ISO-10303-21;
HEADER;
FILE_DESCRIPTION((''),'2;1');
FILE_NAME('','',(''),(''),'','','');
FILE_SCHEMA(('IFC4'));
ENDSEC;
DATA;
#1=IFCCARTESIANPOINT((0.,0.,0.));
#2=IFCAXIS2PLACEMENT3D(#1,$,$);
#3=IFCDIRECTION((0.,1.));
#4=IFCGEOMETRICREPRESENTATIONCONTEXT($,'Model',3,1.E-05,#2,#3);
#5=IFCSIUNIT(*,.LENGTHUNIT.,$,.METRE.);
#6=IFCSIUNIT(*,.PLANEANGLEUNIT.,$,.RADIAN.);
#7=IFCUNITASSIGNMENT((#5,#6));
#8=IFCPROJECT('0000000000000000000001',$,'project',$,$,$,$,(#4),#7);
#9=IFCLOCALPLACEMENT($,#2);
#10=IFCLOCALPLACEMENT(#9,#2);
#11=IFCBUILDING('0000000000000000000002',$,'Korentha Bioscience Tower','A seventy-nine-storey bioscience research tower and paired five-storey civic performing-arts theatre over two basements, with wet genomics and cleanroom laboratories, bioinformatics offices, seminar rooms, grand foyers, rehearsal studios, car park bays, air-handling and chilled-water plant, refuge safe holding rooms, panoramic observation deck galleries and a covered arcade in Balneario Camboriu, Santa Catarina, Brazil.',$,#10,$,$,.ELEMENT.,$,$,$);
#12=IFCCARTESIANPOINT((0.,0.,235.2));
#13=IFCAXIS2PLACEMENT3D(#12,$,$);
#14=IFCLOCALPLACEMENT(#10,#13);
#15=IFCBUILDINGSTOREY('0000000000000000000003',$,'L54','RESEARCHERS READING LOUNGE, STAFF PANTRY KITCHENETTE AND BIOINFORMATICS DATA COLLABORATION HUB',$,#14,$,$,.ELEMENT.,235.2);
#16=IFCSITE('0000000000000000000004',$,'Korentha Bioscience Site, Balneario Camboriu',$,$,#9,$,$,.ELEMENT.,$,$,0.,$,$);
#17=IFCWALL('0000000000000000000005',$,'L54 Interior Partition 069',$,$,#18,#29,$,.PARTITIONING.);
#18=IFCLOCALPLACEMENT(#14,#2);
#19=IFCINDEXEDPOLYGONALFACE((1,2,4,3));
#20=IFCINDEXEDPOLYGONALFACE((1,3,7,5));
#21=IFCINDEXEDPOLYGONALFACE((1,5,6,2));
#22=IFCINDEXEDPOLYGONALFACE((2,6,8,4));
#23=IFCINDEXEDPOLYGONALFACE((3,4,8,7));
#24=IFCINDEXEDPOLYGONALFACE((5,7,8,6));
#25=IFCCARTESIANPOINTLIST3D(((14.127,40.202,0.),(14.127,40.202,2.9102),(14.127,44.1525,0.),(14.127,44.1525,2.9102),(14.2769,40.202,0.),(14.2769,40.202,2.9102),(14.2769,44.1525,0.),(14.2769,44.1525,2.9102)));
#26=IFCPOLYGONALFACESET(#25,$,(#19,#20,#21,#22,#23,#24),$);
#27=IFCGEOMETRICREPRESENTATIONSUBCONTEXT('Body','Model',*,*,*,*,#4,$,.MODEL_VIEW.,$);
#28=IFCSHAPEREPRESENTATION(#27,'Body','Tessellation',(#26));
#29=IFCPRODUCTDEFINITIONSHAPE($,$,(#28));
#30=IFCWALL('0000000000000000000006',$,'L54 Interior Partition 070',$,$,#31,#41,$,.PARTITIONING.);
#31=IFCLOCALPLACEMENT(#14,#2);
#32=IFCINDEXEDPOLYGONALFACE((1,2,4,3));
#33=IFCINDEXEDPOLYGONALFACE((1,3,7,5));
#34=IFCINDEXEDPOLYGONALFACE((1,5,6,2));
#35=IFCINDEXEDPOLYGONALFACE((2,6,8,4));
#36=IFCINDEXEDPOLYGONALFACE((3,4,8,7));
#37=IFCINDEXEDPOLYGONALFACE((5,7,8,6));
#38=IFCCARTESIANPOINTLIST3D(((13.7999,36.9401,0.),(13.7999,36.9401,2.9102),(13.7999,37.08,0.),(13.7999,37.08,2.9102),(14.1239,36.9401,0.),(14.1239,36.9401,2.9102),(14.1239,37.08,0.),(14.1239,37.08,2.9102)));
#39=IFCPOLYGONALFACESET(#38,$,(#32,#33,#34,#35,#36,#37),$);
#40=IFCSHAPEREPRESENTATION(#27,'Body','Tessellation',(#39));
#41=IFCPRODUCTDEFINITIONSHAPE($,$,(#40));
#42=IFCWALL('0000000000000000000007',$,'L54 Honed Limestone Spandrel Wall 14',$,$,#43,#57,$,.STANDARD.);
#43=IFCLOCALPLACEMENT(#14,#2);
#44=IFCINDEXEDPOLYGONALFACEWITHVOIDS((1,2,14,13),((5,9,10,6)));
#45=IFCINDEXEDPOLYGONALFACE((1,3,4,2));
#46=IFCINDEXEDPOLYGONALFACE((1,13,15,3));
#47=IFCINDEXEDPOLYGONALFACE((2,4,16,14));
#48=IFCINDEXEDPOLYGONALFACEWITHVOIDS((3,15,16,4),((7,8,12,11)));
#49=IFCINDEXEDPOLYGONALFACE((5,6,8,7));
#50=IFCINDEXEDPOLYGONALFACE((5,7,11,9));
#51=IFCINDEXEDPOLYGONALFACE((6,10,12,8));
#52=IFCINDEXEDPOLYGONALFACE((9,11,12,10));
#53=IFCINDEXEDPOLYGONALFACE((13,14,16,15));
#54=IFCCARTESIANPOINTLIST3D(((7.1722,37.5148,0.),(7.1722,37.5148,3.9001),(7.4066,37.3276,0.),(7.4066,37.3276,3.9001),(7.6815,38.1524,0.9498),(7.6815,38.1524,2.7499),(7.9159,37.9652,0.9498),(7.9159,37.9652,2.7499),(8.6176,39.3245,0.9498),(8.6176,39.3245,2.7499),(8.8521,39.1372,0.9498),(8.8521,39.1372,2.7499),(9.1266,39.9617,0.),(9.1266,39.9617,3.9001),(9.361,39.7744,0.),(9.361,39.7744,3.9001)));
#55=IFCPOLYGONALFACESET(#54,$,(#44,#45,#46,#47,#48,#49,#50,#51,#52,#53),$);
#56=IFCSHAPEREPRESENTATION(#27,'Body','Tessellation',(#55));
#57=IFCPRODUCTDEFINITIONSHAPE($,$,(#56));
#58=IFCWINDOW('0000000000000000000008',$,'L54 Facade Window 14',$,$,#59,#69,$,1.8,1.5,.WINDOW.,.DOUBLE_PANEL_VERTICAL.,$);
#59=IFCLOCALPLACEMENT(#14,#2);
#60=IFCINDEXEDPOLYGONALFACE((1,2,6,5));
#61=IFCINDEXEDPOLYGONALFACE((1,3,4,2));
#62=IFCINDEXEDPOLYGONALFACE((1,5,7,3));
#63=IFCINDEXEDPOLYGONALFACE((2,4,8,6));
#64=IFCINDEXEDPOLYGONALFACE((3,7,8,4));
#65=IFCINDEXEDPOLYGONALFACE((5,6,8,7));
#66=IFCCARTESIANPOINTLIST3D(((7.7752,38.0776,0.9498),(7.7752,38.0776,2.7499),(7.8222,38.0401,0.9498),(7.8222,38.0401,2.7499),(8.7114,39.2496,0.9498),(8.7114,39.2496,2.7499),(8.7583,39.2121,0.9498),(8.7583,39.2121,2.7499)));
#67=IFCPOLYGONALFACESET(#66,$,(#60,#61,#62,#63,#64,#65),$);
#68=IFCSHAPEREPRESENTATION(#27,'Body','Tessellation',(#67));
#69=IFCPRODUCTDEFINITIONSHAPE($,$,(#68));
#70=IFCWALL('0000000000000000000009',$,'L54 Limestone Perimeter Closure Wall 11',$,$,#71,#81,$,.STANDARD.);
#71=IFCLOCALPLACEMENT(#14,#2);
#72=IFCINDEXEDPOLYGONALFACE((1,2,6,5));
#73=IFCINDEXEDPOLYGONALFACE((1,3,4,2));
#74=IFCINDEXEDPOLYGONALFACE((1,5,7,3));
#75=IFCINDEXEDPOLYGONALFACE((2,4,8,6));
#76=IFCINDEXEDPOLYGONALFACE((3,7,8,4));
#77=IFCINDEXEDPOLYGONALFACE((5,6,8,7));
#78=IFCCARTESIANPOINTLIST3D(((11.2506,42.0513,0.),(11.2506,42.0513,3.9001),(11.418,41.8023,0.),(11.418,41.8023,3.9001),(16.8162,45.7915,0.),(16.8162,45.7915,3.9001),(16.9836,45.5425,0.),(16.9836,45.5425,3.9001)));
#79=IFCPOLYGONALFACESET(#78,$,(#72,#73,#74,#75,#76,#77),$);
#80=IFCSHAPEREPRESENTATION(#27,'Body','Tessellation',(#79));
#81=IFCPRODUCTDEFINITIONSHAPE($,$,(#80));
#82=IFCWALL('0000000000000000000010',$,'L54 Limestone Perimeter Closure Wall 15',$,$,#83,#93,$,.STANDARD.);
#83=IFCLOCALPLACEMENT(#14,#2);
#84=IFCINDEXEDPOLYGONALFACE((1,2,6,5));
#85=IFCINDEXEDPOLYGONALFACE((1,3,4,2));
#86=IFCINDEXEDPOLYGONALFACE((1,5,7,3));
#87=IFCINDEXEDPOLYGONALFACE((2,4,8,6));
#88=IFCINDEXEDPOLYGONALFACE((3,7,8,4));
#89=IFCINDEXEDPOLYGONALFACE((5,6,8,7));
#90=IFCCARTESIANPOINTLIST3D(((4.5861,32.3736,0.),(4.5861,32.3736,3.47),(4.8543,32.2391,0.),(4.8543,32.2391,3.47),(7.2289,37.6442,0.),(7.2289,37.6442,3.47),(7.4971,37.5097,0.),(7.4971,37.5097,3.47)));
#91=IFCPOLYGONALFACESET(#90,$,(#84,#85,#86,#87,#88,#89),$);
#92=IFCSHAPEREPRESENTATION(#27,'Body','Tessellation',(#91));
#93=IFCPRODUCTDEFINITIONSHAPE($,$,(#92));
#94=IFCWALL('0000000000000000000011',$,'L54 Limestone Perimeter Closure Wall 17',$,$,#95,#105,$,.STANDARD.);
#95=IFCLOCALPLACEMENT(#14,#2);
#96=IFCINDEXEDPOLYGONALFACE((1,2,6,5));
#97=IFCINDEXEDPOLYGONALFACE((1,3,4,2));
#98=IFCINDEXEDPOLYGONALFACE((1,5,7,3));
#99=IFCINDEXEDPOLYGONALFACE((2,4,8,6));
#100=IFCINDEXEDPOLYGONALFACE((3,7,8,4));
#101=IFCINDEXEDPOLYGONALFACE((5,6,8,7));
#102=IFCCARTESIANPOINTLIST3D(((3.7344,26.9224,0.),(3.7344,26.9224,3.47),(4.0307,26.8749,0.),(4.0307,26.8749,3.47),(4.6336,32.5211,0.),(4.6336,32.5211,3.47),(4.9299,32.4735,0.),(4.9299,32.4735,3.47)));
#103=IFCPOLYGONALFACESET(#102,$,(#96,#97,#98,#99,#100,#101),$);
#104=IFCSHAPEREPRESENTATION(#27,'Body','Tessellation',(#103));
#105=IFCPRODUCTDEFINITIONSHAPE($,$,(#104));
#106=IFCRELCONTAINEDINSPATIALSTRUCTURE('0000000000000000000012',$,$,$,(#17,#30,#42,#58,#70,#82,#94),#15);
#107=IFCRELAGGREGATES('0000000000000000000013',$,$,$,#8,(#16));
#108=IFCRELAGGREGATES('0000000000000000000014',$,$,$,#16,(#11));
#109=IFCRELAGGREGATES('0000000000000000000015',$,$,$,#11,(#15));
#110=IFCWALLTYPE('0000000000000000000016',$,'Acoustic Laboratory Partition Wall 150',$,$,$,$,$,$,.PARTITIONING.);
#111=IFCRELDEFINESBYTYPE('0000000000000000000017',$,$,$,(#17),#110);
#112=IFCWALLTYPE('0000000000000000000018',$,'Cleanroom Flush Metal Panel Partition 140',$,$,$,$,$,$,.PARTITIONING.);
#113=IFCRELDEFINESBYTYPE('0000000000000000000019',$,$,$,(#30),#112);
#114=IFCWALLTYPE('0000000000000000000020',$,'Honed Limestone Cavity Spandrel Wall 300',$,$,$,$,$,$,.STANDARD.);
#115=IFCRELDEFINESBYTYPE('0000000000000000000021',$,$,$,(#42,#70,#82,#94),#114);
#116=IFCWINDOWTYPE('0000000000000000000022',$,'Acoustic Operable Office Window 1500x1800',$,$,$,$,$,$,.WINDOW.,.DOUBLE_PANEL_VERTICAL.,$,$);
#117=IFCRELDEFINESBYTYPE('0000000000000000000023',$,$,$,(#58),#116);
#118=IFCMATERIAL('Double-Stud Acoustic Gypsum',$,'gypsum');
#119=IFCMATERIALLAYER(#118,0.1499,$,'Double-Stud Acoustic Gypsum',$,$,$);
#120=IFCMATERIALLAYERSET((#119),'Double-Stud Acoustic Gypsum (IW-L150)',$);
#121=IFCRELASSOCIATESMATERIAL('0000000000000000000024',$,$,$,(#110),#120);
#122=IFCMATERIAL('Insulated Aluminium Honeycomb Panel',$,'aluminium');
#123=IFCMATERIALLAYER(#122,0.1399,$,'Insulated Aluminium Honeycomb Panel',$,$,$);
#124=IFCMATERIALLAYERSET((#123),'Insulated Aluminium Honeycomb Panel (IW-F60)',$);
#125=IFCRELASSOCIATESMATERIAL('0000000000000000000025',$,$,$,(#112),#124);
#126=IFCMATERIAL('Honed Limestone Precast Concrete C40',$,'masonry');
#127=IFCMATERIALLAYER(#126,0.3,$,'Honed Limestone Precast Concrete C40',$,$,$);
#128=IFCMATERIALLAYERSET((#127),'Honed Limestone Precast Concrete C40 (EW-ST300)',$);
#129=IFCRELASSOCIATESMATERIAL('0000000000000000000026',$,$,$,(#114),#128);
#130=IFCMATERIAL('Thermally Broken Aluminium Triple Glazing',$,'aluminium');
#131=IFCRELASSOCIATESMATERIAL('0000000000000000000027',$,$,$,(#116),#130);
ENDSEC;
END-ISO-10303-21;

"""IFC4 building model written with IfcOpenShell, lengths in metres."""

from ifc_helpers import new_model, si_unit, direction, frame, frame_2d, origin, place, context, subcontext, project, spatial, rectangle, extrude, material, layer, layer_set, type_object, element, fill, save


model = new_model("IFC4")

# Units and contexts
model_context = context("Model", 3, precision=1e-05, world=origin(), true_north=direction((0.0, 1.0)))
body_context = subcontext(model_context, "Body", "Model", "MODEL_VIEW")
ifc_project = project(units=[si_unit("LENGTHUNIT", "METRE"), si_unit("PLANEANGLEUNIT", "RADIAN")], contexts=[model_context])

# Site, building, storey
site_placement = place(None, origin())
site = spatial("IfcSite", under=ifc_project, at=site_placement, Name="Korentha Bioscience Site, Balneario Camboriu", CompositionType="ELEMENT", RefElevation=0.0)
building_placement = place(site_placement, origin())
building = spatial("IfcBuilding", under=site, at=building_placement, Name="Korentha Bioscience Tower", Description="A seventy-nine-storey bioscience research tower and paired five-storey civic performing-arts theatre over two basements, with wet genomics and cleanroom laboratories, bioinformatics offices, seminar rooms, grand foyers, rehearsal studios, car park bays, air-handling and chilled-water plant, refuge safe holding rooms, panoramic observation deck galleries and a covered arcade in Balneario Camboriu, Santa Catarina, Brazil.", CompositionType="ELEMENT")
storey_placement = place(building_placement, frame((0.0, 0.0, 235.2)))
storey = spatial("IfcBuildingStorey", under=building, at=storey_placement, Name="L54", Description="RESEARCHERS READING LOUNGE, STAFF PANTRY KITCHENETTE AND BIOINFORMATICS DATA COLLABORATION HUB", CompositionType="ELEMENT", Elevation=235.2)

# Wall
ifc_material_1 = material(Name="Double-Stud Acoustic Gypsum", Category="gypsum")
ifc_layer_1 = layer(ifc_material_1, 0.1499, Name="Double-Stud Acoustic Gypsum")
ifc_layer_set_1 = layer_set([ifc_layer_1], Name="Double-Stud Acoustic Gypsum (IW-L150)")
wall_type_1 = type_object("IfcWallType", Name="Acoustic Laboratory Partition Wall 150", PredefinedType="PARTITIONING", material=ifc_layer_set_1)
wall_1_placement = place(storey_placement, frame((14.2019, 40.2021, 0.0), z_axis=(0.0, 0.0, 1.0), x_axis=(0.0, 1.0, 0.0)))
element("IfcWall", 1, at=wall_1_placement, inside=storey, type_object=wall_type_1, Name="L54 Interior Partition 069", PredefinedType="PARTITIONING", context=body_context, shape_type="SweptSolid", body=[
    extrude(rectangle(XDim=3.9504, YDim=0.1499, at=frame_2d((1.9751, 0.0))), origin(), (0.0, 0.0, 1.0), 2.9102),
])

# Shared definitions
ifc_material_2 = material(Name="Insulated Aluminium Honeycomb Panel", Category="aluminium")
ifc_layer_2 = layer(ifc_material_2, 0.1399, Name="Insulated Aluminium Honeycomb Panel")
ifc_layer_set_2 = layer_set([ifc_layer_2], Name="Insulated Aluminium Honeycomb Panel (IW-F60)")
wall_type_2 = type_object("IfcWallType", Name="Cleanroom Flush Metal Panel Partition 140", PredefinedType="PARTITIONING", material=ifc_layer_set_2)

# Wall
wall_2_placement = place(storey_placement, frame((14.124, 37.01, 0.0), z_axis=(0.0, 0.0, 1.0), x_axis=(-1.0, 0.0, 0.0)))
element("IfcWall", 2, at=wall_2_placement, inside=storey, type_object=wall_type_2, Name="L54 Interior Partition 070", PredefinedType="PARTITIONING", context=body_context, shape_type="SweptSolid", body=[
    extrude(rectangle(XDim=0.324, YDim=0.1399, at=frame_2d((0.1621, 0.0))), origin(), (0.0, 0.0, 1.0), 2.9102),
])

# Shared definitions
ifc_material_3 = material(Name="Honed Limestone Precast Concrete C40", Category="masonry")
ifc_layer_3 = layer(ifc_material_3, 0.3, Name="Honed Limestone Precast Concrete C40")
ifc_layer_set_3 = layer_set([ifc_layer_3], Name="Honed Limestone Precast Concrete C40 (EW-ST300)")
wall_type_3 = type_object("IfcWallType", Name="Honed Limestone Cavity Spandrel Wall 300", PredefinedType="STANDARD", material=ifc_layer_set_3)

# Wall, opening, window
wall_3_placement = place(storey_placement, frame((9.2439, 39.8682, 0.0), z_axis=(0.0, 0.0, 1.0), x_axis=(-0.624096, -0.781348, 0.0)))
wall_3 = element("IfcWall", 3, at=wall_3_placement, inside=storey, type_object=wall_type_3, Name="L54 Honed Limestone Spandrel Wall 14", PredefinedType="STANDARD", context=body_context, shape_type="SweptSolid", body=[
    extrude(rectangle(XDim=3.1316, YDim=0.3, at=frame_2d((1.5659, 0.0))), origin(), (0.0, 0.0, 1.0), 3.9001),
])
opening_1_placement = place(wall_3_placement, frame((0.8157, 0.0, 0.95)))
opening_1 = element("IfcOpeningElement", 4, at=opening_1_placement, cuts=wall_3, PredefinedType="OPENING", context=body_context, shape_type="SweptSolid", body=[
    extrude(rectangle(XDim=1.5, YDim=1.8, at=frame_2d((0.75, 0.8999))), frame((0.0, 0.165, 0.0), z_axis=(0.0, -1.0, 0.0), x_axis=(1.0, 0.0, 0.0)), (0.0, 0.0, 1.0), 0.3298),
])
ifc_material_4 = material(Name="Thermally Broken Aluminium Triple Glazing", Category="aluminium")
window_type = type_object("IfcWindowType", Name="Acoustic Operable Office Window 1500x1800", PartitioningType="DOUBLE_PANEL_VERTICAL", PredefinedType="WINDOW", material=ifc_material_4)
window_placement = place(opening_1_placement, origin())
window = element("IfcWindow", 5, at=window_placement, inside=storey, type_object=window_type, Name="L54 Facade Window 14", OverallHeight=1.8, OverallWidth=1.5, PartitioningType="DOUBLE_PANEL_VERTICAL", PredefinedType="WINDOW", context=body_context, shape_type="SweptSolid", body=[
    extrude(rectangle(XDim=1.5, YDim=1.8, at=frame_2d((0.75, 0.8999))), frame((0.0, 0.03, 0.0), z_axis=(0.0, -1.0, 0.0), x_axis=(1.0, 0.0, 0.0)), (0.0, 0.0, 1.0), 0.0601),
])
fill(opening_1, window)

# Walls
wall_4_placement = place(storey_placement, frame((16.8999, 45.667, 0.0), z_axis=(0.0, 0.0, 1.0), x_axis=(-0.829995, -0.557771, 0.0)))
element("IfcWall", 6, at=wall_4_placement, inside=storey, type_object=wall_type_3, Name="L54 Limestone Perimeter Closure Wall 11", PredefinedType="STANDARD", context=body_context, shape_type="SweptSolid", body=[
    extrude(rectangle(XDim=6.7056, YDim=0.3, at=frame_2d((3.3528, 0.0))), origin(), (0.0, 0.0, 1.0), 3.9001),
])
wall_5_placement = place(storey_placement, frame((7.363, 37.5769, 0.0), z_axis=(0.0, 0.0, 1.0), x_axis=(-0.44824, -0.893913, 0.0)))
element("IfcWall", 7, at=wall_5_placement, inside=storey, type_object=wall_type_3, Name="L54 Limestone Perimeter Closure Wall 15", PredefinedType="STANDARD", context=body_context, shape_type="SweptSolid", body=[
    extrude(rectangle(XDim=5.896, YDim=0.3, at=frame_2d((2.948, 0.0))), origin(), (0.0, 0.0, 1.0), 3.47),
])
wall_6_placement = place(storey_placement, frame((4.7817, 32.4973, 0.0), z_axis=(0.0, 0.0, 1.0), x_axis=(-0.158573, -0.987347, 0.0)))
element("IfcWall", 8, at=wall_6_placement, inside=storey, type_object=wall_type_3, Name="L54 Limestone Perimeter Closure Wall 17", PredefinedType="STANDARD", context=body_context, shape_type="SweptSolid", body=[
    extrude(rectangle(XDim=5.6704, YDim=0.3, at=frame_2d((2.8352, 0.0))), origin(), (0.0, 0.0, 1.0), 3.47),
])

save(model, "model.ifc")
